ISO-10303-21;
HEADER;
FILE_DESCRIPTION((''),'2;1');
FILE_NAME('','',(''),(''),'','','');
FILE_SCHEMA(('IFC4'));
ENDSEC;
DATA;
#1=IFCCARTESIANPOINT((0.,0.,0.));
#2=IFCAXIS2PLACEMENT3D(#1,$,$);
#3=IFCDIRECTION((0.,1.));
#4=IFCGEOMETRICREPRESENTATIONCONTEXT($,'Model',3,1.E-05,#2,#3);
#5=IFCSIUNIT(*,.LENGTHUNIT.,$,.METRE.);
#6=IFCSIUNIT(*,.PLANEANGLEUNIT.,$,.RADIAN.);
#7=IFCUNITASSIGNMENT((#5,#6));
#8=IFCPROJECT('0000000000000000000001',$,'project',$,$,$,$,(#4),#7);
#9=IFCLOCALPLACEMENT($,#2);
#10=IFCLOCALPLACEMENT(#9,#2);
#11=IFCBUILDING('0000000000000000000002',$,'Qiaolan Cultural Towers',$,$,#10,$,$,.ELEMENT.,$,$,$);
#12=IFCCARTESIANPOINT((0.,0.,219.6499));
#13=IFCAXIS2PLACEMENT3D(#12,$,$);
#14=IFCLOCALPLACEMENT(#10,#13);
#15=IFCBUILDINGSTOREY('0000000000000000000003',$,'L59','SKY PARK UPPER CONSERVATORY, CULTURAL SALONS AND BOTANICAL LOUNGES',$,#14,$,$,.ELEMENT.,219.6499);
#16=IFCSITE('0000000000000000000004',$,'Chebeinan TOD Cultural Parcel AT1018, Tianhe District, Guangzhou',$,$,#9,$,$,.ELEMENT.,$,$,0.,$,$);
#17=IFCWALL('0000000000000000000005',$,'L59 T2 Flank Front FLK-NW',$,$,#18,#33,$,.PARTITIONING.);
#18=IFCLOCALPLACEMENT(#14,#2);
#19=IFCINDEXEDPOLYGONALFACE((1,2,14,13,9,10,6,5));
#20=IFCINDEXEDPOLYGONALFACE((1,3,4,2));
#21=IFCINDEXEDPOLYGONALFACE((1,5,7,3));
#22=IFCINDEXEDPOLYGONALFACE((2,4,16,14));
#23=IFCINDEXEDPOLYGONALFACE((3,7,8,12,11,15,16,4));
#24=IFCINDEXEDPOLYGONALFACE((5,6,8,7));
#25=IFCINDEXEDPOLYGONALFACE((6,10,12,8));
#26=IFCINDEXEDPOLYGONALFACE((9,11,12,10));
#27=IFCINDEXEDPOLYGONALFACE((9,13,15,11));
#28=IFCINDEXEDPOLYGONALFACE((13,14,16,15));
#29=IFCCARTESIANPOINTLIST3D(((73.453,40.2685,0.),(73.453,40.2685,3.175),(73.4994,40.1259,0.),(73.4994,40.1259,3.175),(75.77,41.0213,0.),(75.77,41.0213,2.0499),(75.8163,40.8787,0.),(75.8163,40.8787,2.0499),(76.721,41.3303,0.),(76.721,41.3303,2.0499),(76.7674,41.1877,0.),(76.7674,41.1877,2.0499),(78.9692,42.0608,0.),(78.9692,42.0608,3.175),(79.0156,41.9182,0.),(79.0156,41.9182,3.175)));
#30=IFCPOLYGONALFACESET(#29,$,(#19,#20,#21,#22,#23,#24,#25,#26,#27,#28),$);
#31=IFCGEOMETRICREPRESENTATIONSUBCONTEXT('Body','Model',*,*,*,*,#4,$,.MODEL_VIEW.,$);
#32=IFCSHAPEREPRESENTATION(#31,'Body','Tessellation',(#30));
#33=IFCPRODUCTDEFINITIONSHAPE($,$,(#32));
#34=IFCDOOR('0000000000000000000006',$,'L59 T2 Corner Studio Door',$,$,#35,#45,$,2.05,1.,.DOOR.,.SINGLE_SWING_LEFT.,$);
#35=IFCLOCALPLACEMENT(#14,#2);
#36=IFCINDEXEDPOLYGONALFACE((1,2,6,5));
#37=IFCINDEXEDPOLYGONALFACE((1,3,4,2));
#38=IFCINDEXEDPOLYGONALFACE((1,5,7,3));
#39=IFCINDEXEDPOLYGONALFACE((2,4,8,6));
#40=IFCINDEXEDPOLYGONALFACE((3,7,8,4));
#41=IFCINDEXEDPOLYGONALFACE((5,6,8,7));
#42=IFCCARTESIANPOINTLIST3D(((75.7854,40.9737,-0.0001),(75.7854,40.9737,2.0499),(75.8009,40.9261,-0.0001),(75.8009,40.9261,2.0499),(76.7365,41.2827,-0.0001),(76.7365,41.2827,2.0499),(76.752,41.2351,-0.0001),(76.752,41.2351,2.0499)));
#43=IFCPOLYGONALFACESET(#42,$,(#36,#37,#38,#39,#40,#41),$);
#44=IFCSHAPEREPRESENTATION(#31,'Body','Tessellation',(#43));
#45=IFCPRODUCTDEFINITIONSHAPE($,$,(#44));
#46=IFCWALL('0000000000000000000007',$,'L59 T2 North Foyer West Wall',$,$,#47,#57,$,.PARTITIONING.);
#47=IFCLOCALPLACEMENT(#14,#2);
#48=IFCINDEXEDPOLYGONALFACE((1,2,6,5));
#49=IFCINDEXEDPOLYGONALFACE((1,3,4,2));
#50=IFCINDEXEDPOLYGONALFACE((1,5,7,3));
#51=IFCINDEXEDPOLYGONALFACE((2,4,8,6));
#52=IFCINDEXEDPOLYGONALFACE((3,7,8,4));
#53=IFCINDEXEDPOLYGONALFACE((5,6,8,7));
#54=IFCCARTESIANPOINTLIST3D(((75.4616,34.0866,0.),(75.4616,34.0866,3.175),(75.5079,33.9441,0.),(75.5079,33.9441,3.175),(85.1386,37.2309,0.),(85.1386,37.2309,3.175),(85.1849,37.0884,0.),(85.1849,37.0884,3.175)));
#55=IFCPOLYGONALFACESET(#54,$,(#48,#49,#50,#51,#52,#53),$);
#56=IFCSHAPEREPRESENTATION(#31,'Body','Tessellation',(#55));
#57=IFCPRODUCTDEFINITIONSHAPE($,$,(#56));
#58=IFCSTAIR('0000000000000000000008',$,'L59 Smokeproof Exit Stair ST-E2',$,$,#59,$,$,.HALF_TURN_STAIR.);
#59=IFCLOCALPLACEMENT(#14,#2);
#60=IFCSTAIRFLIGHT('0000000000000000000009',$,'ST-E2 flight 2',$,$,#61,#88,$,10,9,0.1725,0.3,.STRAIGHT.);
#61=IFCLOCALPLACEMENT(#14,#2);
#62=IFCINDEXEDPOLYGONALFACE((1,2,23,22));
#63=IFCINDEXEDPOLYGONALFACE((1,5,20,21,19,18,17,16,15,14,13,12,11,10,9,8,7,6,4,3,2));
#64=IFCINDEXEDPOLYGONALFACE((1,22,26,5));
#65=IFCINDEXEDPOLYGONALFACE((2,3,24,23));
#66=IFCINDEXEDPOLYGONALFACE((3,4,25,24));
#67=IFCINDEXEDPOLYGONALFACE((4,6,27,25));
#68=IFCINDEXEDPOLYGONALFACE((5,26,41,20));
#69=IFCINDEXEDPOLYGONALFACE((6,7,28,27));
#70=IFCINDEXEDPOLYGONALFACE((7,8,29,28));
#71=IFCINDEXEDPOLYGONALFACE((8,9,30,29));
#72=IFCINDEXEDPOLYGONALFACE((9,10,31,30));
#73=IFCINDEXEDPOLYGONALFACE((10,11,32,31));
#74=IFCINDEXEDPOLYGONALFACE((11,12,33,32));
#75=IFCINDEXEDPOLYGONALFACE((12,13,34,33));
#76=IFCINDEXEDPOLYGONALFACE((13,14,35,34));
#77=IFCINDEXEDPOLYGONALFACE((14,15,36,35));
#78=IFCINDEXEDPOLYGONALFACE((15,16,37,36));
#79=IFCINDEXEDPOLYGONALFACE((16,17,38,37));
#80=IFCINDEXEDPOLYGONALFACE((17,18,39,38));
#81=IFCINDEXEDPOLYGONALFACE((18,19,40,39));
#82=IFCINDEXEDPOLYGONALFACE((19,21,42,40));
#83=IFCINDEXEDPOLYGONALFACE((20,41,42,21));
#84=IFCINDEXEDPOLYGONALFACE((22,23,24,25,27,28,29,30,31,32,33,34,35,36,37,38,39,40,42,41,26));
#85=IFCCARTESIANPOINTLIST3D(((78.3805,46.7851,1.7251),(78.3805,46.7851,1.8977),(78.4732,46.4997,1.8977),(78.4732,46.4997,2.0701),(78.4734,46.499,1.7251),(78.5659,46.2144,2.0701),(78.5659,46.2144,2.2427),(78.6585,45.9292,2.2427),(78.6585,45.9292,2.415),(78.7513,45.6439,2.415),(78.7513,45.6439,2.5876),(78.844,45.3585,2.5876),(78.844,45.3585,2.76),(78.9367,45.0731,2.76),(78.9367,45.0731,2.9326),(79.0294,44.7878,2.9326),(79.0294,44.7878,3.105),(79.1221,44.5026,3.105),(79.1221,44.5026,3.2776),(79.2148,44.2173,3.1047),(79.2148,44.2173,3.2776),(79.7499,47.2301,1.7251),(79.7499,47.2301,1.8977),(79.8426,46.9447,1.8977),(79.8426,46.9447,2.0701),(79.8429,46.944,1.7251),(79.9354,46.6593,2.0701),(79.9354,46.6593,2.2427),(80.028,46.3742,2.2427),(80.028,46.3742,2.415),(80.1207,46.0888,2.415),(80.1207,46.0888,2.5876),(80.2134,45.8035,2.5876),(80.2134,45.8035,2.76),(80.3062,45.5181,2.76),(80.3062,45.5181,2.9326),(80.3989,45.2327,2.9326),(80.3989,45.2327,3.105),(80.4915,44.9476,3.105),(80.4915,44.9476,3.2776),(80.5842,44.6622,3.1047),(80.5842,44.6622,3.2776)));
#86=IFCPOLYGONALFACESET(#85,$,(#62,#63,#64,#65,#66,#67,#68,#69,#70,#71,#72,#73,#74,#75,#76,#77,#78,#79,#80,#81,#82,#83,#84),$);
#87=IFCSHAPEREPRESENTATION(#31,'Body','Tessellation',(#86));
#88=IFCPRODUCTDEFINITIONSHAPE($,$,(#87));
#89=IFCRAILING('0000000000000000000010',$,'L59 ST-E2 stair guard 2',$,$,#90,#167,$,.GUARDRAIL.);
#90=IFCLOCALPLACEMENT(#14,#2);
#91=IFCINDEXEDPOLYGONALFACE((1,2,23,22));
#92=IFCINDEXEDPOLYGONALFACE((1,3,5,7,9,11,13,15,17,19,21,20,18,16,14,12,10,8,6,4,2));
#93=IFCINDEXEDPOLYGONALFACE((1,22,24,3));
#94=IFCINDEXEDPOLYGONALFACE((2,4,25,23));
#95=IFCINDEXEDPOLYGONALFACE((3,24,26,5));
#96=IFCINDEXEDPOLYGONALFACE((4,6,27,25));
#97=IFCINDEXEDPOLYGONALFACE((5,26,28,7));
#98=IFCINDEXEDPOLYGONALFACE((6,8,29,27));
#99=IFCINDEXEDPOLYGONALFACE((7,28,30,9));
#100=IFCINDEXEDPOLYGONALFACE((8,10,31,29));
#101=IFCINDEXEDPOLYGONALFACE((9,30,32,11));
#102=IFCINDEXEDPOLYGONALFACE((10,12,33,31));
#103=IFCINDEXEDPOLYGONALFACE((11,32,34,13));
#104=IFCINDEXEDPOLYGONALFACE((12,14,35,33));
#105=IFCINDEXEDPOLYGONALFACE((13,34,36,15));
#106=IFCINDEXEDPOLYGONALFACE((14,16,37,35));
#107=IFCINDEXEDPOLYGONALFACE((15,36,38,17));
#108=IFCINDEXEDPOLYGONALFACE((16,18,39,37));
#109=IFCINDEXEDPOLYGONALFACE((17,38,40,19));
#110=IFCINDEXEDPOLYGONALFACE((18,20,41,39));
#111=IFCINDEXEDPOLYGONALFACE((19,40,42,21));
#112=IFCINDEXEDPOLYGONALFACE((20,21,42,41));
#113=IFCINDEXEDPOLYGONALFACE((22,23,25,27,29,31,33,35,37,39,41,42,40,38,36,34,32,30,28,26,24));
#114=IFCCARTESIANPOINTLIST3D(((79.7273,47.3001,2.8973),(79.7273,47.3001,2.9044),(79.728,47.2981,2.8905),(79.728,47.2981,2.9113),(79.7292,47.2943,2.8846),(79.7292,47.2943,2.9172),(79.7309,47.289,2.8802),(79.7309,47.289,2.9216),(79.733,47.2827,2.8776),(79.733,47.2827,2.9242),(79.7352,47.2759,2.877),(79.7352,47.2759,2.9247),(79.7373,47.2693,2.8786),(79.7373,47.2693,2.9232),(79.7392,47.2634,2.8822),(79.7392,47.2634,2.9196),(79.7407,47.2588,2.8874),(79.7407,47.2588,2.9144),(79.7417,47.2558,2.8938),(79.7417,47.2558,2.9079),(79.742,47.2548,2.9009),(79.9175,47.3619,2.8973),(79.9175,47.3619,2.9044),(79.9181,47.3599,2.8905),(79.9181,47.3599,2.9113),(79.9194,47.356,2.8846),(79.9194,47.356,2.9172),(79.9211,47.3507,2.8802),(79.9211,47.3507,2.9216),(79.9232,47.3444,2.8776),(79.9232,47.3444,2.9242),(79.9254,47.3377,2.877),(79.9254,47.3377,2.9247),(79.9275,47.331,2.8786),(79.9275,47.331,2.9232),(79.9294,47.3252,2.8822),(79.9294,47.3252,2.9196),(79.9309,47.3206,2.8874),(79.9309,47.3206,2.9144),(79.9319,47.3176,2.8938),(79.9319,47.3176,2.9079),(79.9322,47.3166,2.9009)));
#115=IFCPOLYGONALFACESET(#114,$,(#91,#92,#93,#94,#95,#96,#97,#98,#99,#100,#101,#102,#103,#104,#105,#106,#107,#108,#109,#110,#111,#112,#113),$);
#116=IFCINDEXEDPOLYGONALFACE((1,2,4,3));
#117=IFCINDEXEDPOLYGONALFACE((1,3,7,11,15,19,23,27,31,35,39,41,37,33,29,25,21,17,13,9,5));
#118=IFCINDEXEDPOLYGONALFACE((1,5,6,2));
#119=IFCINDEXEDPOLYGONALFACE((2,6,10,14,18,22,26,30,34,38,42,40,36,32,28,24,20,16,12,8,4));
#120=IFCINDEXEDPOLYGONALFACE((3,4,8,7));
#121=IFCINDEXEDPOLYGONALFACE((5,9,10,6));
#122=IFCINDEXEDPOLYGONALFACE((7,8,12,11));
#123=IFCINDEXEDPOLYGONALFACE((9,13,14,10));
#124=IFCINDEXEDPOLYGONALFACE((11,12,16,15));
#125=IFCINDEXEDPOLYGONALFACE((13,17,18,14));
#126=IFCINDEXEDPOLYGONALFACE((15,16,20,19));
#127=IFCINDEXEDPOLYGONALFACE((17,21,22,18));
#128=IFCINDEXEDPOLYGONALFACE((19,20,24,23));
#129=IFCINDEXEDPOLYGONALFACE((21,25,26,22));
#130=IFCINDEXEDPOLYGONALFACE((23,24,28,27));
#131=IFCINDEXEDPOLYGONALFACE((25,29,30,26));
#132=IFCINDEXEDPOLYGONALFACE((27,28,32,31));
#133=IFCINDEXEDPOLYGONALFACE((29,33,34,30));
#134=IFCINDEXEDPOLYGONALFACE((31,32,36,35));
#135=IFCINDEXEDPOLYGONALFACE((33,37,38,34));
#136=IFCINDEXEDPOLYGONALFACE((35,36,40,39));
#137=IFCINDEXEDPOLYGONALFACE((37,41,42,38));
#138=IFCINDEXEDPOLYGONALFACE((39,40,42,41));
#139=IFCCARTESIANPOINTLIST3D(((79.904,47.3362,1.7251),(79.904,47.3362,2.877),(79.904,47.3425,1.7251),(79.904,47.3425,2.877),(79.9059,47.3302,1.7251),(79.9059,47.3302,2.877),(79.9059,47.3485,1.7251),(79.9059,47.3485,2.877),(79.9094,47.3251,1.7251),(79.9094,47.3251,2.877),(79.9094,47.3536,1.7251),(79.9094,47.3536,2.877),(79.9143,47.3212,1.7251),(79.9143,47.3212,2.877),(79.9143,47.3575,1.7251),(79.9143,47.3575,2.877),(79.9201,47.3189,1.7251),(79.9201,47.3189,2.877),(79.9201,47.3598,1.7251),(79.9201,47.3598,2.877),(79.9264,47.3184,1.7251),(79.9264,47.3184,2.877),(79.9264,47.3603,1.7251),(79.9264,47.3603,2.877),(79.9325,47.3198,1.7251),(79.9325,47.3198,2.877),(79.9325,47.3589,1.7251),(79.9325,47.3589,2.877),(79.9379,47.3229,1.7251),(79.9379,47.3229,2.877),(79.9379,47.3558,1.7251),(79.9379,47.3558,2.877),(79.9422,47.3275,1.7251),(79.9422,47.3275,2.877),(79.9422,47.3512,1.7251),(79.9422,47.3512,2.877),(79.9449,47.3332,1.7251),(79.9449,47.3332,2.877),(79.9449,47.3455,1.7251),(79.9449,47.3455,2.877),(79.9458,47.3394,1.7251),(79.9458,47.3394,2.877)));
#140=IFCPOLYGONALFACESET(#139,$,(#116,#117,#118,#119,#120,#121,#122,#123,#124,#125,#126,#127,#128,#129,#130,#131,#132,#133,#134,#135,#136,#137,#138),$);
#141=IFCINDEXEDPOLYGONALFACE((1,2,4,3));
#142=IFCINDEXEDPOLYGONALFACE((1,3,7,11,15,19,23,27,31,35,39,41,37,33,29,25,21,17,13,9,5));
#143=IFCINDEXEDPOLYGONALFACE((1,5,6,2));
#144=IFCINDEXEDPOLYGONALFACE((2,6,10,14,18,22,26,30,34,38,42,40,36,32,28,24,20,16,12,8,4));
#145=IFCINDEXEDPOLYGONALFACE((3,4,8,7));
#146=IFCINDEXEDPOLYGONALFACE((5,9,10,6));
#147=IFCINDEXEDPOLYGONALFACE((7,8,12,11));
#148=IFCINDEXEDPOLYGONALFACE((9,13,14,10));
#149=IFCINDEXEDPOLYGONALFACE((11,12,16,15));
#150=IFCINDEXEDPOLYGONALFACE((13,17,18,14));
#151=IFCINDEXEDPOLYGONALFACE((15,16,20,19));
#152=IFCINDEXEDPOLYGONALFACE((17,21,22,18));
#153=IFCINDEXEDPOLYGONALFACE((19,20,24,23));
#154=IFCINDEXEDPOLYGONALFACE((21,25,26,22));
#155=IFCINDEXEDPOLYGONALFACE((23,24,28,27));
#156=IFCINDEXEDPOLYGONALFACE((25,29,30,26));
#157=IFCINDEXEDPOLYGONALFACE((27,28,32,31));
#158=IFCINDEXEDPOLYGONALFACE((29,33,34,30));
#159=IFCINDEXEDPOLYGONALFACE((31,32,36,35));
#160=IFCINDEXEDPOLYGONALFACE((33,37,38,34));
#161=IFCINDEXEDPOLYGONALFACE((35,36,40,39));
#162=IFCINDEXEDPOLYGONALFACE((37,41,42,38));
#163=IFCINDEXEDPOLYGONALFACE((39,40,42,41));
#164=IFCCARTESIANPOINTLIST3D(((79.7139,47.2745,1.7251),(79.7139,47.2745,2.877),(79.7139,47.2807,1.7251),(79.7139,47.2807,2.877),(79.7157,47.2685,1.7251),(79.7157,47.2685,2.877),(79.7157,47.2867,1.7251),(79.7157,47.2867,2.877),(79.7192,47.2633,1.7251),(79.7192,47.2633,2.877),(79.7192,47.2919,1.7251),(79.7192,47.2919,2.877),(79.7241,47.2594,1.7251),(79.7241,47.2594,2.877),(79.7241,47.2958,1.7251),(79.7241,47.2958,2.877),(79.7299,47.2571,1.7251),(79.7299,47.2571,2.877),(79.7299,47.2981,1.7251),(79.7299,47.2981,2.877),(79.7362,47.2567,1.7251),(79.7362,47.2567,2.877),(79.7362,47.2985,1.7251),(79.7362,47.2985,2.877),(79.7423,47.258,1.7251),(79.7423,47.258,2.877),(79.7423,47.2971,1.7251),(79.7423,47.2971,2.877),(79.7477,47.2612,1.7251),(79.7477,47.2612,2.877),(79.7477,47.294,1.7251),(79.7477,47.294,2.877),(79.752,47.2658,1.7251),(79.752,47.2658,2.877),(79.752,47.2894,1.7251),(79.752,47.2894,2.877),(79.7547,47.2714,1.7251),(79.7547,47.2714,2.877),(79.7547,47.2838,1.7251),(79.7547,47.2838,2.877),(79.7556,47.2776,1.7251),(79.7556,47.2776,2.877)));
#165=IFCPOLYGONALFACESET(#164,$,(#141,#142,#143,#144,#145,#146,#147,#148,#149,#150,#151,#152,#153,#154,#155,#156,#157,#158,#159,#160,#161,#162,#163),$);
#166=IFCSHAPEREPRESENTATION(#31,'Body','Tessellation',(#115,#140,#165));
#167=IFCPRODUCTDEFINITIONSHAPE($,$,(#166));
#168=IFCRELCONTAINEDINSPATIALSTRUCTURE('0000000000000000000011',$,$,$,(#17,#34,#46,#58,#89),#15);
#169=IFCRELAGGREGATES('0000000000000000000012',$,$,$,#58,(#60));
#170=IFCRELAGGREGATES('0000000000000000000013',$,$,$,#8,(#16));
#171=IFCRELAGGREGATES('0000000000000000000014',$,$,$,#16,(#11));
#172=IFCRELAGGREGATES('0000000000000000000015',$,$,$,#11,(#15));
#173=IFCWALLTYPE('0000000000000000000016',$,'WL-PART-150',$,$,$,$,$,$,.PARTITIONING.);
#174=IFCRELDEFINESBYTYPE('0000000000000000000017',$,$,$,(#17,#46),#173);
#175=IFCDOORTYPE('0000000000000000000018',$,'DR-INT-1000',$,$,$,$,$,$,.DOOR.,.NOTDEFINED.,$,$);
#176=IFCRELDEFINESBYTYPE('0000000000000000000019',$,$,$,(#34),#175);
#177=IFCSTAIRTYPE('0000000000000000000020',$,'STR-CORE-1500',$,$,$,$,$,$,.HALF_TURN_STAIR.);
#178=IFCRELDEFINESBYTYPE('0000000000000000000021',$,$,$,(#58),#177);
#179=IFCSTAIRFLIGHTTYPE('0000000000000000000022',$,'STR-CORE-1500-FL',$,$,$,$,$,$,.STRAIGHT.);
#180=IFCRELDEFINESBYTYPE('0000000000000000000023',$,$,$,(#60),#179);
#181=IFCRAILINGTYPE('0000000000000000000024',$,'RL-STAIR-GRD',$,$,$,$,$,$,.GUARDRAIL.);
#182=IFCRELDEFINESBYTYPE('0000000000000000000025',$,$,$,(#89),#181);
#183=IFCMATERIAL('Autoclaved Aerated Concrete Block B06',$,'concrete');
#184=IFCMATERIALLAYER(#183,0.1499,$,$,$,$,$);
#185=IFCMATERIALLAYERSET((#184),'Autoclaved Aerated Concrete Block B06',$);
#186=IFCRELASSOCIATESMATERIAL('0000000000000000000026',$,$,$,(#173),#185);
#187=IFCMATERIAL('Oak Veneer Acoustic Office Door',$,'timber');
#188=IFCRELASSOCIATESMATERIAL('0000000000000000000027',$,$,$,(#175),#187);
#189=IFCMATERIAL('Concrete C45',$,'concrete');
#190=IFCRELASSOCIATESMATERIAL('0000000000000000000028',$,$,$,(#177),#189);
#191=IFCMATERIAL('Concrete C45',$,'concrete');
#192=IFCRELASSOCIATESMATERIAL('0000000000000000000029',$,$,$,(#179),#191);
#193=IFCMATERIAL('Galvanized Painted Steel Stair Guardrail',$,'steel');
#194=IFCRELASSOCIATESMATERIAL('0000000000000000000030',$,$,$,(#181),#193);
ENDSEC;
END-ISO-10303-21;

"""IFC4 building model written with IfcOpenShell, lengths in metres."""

from ifc_helpers import new_model, si_unit, direction, frame, frame_2d, origin, origin_2d, place, context, subcontext, project, spatial, polyline, rectangle, circle, outline, extrude, material, layer, layer_set, type_object, element, fill, aggregate, save


model = new_model("IFC4")

# Units and contexts
model_context = context("Model", 3, precision=1e-05, world=origin(), true_north=direction((0.0, 1.0)))
body_context = subcontext(model_context, "Body", "Model", "MODEL_VIEW")
ifc_project = project(units=[si_unit("LENGTHUNIT", "METRE"), si_unit("PLANEANGLEUNIT", "RADIAN")], contexts=[model_context])

# Site, building, storey
site_placement = place(None, origin())
site = spatial("IfcSite", under=ifc_project, at=site_placement, Name="Chebeinan TOD Cultural Parcel AT1018, Tianhe District, Guangzhou", CompositionType="ELEMENT", RefElevation=0.0)
building_placement = place(site_placement, origin())
building = spatial("IfcBuilding", under=site, at=building_placement, Name="Qiaolan Cultural Towers", CompositionType="ELEMENT")
storey_placement = place(building_placement, frame((0.0, 0.0, 219.6499)))
storey = spatial("IfcBuildingStorey", under=building, at=storey_placement, Name="L59", Description="SKY PARK UPPER CONSERVATORY, CULTURAL SALONS AND BOTANICAL LOUNGES", CompositionType="ELEMENT", Elevation=219.6499)

# Shared definitions
ifc_material_1 = material(Name="Autoclaved Aerated Concrete Block B06", Category="concrete")
ifc_layer_1 = layer(ifc_material_1, 0.1499)
ifc_layer_set_1 = layer_set([ifc_layer_1], Name="Autoclaved Aerated Concrete Block B06")
wall_type_1 = type_object("IfcWallType", Name="WL-PART-150", PredefinedType="PARTITIONING", material=ifc_layer_set_1)

# Wall, opening, door
wall_1_placement = place(storey_placement, frame((73.4763, 40.1973, 0.0), z_axis=(0.0, 0.0, 1.0), x_axis=(0.951059, 0.309008, 0.0)))
wall_1 = element("IfcWall", 1, at=wall_1_placement, inside=storey, type_object=wall_type_1, Name="L59 T2 Flank Front FLK-NW", PredefinedType="PARTITIONING", context=body_context, shape_type="SweptSolid", body=[
    extrude(rectangle(XDim=5.8, YDim=0.1499, at=frame_2d((2.8999, 0.0))), origin(), (0.0, 0.0, 1.0), 3.175),
])
opening_placement = place(wall_1_placement, frame((2.436, 0.0, 0.0)))
opening = element("IfcOpeningElement", 2, at=opening_placement, cuts=wall_1, PredefinedType="OPENING", context=body_context, shape_type="SweptSolid", body=[
    extrude(rectangle(XDim=1.0, YDim=2.05, at=frame_2d((0.5, 1.0249))), frame((0.0, 0.085, 0.0), z_axis=(0.0, -1.0, 0.0), x_axis=(1.0, 0.0, 0.0)), (0.0, 0.0, 1.0), 0.1699),
])
ifc_material_2 = material(Name="Oak Veneer Acoustic Office Door", Category="timber")
door_type = type_object("IfcDoorType", Name="DR-INT-1000", OperationType="NOTDEFINED", PredefinedType="DOOR", material=ifc_material_2)
door_placement = place(opening_placement, origin())
door = element("IfcDoor", 3, at=door_placement, inside=storey, type_object=door_type, Name="L59 T2 Corner Studio Door", OperationType="SINGLE_SWING_LEFT", OverallHeight=2.05, OverallWidth=1.0, PredefinedType="DOOR", context=body_context, shape_type="SweptSolid", body=[
    extrude(rectangle(XDim=1.0, YDim=2.05, at=frame_2d((0.5, 1.0249))), frame((0.0, 0.0249, 0.0), z_axis=(0.0, -1.0, 0.0), x_axis=(1.0, 0.0, 0.0)), (0.0, 0.0, 1.0), 0.05),
])
fill(opening, door)

# Wall
wall_2_placement = place(storey_placement, frame((75.4849, 34.0154, 0.0), z_axis=(0.0, 0.0, 1.0), x_axis=(0.951055, 0.30902, 0.0)))
element("IfcWall", 4, at=wall_2_placement, inside=storey, type_object=wall_type_1, Name="L59 T2 North Foyer West Wall", PredefinedType="PARTITIONING", context=body_context, shape_type="SweptSolid", body=[
    extrude(rectangle(XDim=10.175, YDim=0.1499, at=frame_2d((5.0874, 0.0))), origin(), (0.0, 0.0, 1.0), 3.175),
])

# Stair, stair flight
ifc_material_3 = material(Name="Concrete C45", Category="concrete")
stair_type = type_object("IfcStairType", Name="STR-CORE-1500", PredefinedType="HALF_TURN_STAIR", material=ifc_material_3)
stair_placement = place(storey_placement, origin())
stair = element("IfcStair", 5, at=stair_placement, inside=storey, type_object=stair_type, Name="L59 Smokeproof Exit Stair ST-E2", PredefinedType="HALF_TURN_STAIR")
ifc_material_4 = material(Name="Concrete C45", Category="concrete")
stair_flight_type = type_object("IfcStairFlightType", Name="STR-CORE-1500-FL", PredefinedType="STRAIGHT", material=ifc_material_4)
stair_flight_placement = place(storey_placement, frame((79.0652, 47.0076, 1.7251), z_axis=(0.0, 0.0, 1.0), x_axis=(0.309017, -0.951057, 0.0)))
stair_flight = element("IfcStairFlight", 6, at=stair_flight_placement, type_object=stair_flight_type, Name="ST-E2 flight 2", NumberOfRisers=10, NumberOfTreads=9, PredefinedType="STRAIGHT", RiserHeight=0.1725, TreadLength=0.3, context=body_context, shape_type="SweptSolid", body=[
    extrude(outline(polyline([(0.0, 0.0), (0.0, 0.1726), (0.3, 0.1726), (0.3, 0.345), (0.6001, 0.345), (0.6001, 0.5176), (0.8999, 0.5176), (0.8999, 0.6899), (1.2, 0.6899), (1.2, 0.8625), (1.5, 0.8625), (1.5, 1.0349), (1.8, 1.0349), (1.8, 1.2075), (2.1001, 1.2075), (2.1001, 1.3799), (2.3999, 1.3799), (2.3999, 1.5525), (2.7, 1.5525), (2.7, 1.7251), (2.7, 1.3796), (0.3008, 0.0), (0.0, 0.0)])), frame((0.0, 0.72, 0.0), z_axis=(0.0, -1.0, 0.0), x_axis=(1.0, 0.0, 0.0)), (0.0, 0.0, 1.0), 1.4399),
])
aggregate(stair, [stair_flight])

# Railing
ifc_material_5 = material(Name="Galvanized Painted Steel Stair Guardrail", Category="steel")
railing_type_1 = type_object("IfcRailingType", Name="RL-STAIR-GRD", PredefinedType="GUARDRAIL", material=ifc_material_5)
railing_1_placement = place(storey_placement, frame((79.9248, 47.3394, 1.7251)))
element("IfcRailing", 7, at=railing_1_placement, inside=storey, type_object=railing_type_1, Name="L59 ST-E2 stair guard 2", PredefinedType="GUARDRAIL", context=body_context, shape_type="SweptSolid", body=[
    extrude(circle(Radius=0.0239, at=origin_2d()), frame((0.0, 0.0, 1.1758), z_axis=(-0.951097, -0.308893, 0.0), x_axis=(0.308893, -0.951097, 0.0)), (0.0, 0.0, 1.0), 0.2),
    extrude(circle(Radius=0.021, at=origin_2d()), origin(), (0.0, 0.0, 1.0), 1.1519),
    extrude(circle(Radius=0.021, at=origin_2d()), frame((-0.1902, -0.0618, 0.0)), (0.0, 0.0, 1.0), 1.1519),
])

save(model, "model.ifc")
